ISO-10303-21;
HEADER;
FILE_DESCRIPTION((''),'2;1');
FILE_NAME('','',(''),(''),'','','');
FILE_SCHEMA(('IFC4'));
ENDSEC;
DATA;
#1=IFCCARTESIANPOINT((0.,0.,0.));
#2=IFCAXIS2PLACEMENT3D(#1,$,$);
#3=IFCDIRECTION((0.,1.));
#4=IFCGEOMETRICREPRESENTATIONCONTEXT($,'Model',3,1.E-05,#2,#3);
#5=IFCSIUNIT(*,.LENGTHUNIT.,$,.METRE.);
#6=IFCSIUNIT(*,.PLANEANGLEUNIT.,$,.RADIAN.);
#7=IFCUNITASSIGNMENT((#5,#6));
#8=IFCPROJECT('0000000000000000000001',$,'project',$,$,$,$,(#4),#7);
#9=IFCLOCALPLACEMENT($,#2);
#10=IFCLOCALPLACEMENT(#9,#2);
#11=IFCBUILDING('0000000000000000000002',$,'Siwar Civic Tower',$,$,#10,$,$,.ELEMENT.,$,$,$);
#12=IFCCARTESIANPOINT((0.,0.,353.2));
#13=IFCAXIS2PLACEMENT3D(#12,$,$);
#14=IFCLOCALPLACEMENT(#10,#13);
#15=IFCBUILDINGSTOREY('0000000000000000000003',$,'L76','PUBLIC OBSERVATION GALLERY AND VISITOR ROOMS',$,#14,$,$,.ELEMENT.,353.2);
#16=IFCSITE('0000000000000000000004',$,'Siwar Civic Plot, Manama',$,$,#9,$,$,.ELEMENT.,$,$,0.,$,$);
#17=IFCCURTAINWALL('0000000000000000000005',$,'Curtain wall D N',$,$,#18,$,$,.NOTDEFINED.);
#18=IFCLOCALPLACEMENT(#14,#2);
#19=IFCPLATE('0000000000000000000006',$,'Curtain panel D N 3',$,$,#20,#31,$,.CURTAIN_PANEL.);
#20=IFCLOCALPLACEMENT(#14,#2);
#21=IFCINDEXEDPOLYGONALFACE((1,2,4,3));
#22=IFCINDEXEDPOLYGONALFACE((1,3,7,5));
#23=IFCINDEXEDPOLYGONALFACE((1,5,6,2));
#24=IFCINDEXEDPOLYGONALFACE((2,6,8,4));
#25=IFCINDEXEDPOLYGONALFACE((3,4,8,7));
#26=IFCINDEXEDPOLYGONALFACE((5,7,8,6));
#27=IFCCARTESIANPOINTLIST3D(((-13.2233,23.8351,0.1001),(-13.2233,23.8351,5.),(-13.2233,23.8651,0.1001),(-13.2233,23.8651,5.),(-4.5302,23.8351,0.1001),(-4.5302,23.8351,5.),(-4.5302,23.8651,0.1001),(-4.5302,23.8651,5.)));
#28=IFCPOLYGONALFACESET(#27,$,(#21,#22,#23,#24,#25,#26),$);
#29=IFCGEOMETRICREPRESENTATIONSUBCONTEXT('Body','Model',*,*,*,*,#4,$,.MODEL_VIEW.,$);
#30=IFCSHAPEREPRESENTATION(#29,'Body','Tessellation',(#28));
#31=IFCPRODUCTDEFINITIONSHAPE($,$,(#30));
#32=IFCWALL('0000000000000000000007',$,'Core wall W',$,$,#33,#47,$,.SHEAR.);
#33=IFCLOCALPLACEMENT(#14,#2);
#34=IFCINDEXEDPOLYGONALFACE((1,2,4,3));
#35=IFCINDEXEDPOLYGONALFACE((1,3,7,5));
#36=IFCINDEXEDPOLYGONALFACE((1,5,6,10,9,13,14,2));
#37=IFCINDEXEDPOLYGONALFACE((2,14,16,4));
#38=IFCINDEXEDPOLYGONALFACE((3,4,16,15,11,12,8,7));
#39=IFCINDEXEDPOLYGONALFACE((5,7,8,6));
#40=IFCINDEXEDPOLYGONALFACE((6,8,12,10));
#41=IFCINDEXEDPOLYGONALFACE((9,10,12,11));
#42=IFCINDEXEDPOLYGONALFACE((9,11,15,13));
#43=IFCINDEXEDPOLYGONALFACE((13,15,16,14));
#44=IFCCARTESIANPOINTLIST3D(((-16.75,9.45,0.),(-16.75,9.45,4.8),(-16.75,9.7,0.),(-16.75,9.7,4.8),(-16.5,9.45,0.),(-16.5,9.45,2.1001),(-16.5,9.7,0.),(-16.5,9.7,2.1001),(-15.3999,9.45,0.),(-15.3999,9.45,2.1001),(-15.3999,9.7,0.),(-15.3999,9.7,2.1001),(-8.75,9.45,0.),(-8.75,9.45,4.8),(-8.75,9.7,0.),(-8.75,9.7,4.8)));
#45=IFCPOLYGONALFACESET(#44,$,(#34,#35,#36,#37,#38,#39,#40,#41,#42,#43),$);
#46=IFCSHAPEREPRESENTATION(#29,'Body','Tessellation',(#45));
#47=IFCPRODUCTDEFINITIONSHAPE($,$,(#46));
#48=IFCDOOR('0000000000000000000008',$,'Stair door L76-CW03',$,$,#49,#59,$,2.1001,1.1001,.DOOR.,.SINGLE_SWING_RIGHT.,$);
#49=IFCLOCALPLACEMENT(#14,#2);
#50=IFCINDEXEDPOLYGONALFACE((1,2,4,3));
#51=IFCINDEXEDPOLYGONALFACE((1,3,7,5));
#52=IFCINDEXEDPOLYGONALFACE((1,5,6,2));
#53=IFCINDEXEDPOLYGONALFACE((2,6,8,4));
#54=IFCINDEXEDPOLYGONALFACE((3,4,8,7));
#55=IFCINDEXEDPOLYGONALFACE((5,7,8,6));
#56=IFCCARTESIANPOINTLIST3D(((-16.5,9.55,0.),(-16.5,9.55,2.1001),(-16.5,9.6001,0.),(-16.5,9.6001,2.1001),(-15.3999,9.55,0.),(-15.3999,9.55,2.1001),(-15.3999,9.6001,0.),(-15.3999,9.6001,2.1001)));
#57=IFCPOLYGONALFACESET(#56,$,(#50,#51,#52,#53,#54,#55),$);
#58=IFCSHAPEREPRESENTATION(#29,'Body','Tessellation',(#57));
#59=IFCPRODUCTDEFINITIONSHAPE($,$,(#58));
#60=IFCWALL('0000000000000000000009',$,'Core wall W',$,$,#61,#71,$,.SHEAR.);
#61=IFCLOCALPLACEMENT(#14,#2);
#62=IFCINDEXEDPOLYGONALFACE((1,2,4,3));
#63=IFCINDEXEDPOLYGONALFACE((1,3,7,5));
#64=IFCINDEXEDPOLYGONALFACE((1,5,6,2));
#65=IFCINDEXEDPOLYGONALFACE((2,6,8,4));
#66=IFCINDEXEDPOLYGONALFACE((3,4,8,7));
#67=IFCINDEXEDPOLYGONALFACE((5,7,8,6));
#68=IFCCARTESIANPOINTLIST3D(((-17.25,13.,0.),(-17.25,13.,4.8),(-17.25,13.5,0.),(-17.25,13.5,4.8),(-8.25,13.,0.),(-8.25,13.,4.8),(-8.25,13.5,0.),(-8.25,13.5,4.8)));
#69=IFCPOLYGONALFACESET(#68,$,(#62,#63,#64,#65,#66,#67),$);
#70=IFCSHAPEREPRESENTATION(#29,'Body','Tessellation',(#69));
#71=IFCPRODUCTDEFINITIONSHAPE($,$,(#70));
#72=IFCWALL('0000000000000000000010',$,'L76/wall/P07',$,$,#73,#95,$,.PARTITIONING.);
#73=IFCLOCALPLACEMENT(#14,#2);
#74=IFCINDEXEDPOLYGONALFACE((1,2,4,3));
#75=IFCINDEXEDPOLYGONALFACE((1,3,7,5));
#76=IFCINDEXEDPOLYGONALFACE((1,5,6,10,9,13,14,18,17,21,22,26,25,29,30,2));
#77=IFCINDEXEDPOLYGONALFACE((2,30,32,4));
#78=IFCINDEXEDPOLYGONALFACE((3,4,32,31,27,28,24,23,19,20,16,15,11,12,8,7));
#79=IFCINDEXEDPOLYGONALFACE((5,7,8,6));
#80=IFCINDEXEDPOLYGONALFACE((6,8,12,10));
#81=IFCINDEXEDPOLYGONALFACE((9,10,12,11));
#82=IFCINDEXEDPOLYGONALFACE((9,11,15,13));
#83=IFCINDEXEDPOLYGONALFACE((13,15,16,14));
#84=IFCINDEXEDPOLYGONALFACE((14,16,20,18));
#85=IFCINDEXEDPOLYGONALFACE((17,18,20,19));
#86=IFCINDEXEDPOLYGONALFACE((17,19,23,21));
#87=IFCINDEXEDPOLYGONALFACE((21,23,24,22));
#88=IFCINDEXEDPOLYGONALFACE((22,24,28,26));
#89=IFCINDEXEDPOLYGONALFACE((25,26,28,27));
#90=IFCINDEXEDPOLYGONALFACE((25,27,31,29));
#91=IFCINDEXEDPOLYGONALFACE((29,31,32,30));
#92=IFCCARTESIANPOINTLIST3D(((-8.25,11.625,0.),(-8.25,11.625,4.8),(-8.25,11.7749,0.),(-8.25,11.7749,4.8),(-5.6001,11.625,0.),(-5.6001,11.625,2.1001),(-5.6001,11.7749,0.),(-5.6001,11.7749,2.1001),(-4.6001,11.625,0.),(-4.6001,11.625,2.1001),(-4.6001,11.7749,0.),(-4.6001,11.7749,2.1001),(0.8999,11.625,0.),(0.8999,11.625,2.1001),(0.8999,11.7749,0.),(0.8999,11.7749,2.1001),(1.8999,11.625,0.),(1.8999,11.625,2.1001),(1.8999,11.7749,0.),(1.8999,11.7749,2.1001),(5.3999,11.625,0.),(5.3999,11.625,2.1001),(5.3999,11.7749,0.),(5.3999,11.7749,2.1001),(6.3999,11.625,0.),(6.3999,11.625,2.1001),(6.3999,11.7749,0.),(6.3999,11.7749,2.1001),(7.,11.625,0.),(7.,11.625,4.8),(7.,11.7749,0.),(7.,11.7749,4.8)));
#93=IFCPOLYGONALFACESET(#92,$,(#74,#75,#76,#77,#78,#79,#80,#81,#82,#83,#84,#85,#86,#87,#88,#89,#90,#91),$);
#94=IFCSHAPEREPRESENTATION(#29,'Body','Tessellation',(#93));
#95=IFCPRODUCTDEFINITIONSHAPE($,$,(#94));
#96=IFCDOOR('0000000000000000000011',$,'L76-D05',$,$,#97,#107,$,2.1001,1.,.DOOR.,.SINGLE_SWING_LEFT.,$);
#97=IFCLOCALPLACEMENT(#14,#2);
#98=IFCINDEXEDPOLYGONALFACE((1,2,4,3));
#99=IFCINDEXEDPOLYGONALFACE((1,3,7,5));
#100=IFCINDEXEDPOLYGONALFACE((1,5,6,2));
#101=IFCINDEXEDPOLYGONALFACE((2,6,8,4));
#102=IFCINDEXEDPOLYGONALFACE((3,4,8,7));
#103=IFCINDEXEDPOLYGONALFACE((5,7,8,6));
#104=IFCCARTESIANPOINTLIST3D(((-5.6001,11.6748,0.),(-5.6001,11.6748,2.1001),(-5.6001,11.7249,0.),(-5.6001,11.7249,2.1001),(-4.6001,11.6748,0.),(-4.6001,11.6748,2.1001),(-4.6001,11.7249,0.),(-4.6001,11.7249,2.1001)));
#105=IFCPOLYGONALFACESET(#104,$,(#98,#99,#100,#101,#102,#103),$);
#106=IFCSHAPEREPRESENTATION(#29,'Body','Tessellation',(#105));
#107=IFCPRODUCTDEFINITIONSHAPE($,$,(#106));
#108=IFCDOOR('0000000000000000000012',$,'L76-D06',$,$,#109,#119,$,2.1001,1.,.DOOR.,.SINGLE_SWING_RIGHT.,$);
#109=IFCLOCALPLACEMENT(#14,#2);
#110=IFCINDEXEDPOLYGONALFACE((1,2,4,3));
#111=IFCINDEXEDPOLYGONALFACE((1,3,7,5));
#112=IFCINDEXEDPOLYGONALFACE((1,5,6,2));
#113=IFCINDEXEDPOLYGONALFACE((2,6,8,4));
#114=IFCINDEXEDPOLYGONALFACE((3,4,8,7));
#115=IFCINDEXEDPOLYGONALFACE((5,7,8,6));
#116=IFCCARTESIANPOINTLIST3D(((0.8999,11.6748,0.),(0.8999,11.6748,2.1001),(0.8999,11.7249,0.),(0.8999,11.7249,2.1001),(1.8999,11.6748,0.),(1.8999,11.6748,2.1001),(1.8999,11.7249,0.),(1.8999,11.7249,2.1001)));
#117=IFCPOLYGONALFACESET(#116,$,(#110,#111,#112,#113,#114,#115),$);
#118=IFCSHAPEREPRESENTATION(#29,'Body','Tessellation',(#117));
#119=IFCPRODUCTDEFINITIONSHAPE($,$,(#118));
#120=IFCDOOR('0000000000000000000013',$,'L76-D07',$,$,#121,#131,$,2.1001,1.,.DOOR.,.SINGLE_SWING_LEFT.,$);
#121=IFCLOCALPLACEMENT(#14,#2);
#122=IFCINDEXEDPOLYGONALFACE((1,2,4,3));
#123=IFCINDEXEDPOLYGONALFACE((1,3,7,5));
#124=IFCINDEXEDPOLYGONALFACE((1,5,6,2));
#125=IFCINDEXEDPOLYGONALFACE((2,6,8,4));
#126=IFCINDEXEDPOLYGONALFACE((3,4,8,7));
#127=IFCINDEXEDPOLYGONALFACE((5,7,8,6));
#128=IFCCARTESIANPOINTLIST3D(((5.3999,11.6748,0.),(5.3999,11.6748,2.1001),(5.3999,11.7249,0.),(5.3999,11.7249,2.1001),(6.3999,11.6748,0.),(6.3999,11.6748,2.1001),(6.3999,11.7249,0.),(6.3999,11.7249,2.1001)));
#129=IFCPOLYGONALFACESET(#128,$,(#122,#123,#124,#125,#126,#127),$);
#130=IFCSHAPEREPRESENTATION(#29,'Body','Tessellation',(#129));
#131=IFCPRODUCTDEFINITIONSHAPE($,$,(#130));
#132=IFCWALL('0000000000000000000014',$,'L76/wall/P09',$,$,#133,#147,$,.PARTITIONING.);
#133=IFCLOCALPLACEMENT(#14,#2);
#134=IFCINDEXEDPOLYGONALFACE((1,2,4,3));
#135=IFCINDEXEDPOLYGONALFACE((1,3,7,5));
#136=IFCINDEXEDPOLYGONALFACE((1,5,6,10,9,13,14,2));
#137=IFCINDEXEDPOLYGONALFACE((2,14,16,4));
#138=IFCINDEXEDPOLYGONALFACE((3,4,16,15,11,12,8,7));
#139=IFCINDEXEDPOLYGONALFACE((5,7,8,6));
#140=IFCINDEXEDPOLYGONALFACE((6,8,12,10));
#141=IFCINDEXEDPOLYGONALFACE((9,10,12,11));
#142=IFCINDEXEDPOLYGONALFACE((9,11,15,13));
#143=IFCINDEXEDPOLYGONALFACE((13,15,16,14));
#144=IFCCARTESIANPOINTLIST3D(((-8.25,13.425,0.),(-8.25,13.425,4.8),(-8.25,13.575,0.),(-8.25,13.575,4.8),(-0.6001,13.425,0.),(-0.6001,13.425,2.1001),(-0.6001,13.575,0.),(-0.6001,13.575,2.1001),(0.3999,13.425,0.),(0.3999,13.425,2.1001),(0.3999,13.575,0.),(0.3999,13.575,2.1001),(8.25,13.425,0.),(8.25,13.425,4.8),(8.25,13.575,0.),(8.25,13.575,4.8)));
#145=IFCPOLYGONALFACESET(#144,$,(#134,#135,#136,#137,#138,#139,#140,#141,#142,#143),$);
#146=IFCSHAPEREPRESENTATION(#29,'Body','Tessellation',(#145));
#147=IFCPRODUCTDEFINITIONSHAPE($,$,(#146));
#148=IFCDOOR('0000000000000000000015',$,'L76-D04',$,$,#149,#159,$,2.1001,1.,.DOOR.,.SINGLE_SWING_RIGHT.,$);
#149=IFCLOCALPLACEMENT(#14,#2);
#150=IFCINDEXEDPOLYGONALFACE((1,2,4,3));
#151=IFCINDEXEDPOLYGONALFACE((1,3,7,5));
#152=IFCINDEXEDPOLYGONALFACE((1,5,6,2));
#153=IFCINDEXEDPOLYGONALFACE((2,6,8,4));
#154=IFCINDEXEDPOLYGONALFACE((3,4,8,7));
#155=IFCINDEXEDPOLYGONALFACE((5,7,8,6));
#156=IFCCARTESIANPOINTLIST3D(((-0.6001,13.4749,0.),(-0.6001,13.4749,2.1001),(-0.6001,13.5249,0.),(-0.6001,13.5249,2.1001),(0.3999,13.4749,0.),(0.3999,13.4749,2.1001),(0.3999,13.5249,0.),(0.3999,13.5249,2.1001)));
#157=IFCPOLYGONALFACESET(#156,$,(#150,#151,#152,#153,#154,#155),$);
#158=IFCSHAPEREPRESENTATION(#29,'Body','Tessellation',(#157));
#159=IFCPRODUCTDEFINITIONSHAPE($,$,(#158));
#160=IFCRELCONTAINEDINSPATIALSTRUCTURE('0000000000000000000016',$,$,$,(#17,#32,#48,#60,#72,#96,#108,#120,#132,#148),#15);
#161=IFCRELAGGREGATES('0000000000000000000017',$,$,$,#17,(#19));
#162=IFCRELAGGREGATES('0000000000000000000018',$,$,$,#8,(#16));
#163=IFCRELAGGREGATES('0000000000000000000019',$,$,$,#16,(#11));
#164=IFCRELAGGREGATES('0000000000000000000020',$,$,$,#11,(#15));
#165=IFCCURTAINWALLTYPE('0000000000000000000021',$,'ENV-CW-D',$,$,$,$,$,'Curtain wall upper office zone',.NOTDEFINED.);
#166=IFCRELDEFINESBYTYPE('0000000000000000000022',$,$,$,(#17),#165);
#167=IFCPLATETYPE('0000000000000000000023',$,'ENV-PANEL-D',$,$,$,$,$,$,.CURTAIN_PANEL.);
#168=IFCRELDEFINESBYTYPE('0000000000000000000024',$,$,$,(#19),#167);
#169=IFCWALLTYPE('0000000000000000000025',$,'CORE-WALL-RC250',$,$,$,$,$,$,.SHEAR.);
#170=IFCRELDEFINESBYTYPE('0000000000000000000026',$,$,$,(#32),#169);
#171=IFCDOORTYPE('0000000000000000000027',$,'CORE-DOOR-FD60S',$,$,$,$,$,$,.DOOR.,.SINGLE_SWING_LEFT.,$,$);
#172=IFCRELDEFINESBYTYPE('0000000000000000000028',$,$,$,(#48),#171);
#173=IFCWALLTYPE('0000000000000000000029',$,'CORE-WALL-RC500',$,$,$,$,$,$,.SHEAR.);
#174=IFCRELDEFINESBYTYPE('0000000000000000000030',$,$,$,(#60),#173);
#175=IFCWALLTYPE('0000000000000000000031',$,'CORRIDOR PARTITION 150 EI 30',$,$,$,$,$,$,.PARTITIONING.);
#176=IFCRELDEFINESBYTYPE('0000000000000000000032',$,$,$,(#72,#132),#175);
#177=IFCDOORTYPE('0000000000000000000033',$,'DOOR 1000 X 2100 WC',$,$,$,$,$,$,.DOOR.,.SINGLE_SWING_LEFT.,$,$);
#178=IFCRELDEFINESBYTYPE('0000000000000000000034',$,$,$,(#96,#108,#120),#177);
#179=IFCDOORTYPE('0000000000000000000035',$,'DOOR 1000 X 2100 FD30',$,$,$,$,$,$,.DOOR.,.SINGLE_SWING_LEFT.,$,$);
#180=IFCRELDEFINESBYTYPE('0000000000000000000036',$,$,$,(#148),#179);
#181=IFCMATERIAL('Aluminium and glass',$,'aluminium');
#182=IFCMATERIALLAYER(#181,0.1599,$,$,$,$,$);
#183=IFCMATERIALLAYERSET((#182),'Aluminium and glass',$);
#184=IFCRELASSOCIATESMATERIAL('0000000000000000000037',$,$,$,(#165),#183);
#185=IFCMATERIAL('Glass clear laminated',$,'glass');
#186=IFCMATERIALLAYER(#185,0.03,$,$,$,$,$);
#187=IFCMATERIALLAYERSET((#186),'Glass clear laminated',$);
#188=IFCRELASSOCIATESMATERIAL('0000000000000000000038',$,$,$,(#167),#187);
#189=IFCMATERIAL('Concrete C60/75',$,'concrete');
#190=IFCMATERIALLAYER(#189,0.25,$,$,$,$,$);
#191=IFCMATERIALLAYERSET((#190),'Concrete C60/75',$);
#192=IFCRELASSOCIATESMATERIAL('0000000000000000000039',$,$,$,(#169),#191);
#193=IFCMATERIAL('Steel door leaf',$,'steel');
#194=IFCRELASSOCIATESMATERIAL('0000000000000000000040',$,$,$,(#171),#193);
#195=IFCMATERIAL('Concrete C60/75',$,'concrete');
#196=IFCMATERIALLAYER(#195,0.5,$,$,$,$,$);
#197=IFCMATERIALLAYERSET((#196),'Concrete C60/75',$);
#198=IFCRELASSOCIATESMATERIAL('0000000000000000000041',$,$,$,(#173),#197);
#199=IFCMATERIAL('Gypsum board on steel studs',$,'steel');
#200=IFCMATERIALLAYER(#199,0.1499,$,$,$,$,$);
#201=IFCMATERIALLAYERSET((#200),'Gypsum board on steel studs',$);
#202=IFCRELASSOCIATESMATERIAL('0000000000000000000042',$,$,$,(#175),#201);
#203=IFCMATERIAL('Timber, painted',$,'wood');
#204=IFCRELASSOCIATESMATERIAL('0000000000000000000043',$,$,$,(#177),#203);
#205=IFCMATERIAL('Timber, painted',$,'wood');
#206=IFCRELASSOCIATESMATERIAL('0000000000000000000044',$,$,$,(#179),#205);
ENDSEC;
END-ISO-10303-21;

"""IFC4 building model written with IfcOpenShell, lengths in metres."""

from ifc_helpers import new_model, si_unit, direction, frame, frame_2d, origin, origin_2d, place, context, subcontext, project, spatial, rectangle, extrude, material, layer, layer_set, type_object, element, fill, aggregate, save


model = new_model("IFC4")

# Units and contexts
model_context = context("Model", 3, precision=1e-05, world=origin(), true_north=direction((0.0, 1.0)))
body_context = subcontext(model_context, "Body", "Model", "MODEL_VIEW")
ifc_project = project(units=[si_unit("LENGTHUNIT", "METRE"), si_unit("PLANEANGLEUNIT", "RADIAN")], contexts=[model_context])

# Site, building, storey
site_placement = place(None, origin())
site = spatial("IfcSite", under=ifc_project, at=site_placement, Name="Siwar Civic Plot, Manama", CompositionType="ELEMENT", RefElevation=0.0)
building_placement = place(site_placement, origin())
building = spatial("IfcBuilding", under=site, at=building_placement, Name="Siwar Civic Tower", CompositionType="ELEMENT")
storey_placement = place(building_placement, frame((0.0, 0.0, 353.2)))
storey = spatial("IfcBuildingStorey", under=building, at=storey_placement, Name="L76", Description="PUBLIC OBSERVATION GALLERY AND VISITOR ROOMS", CompositionType="ELEMENT", Elevation=353.2)

# Curtain wall
ifc_material_1 = material(Name="Aluminium and glass", Category="aluminium")
ifc_layer_1 = layer(ifc_material_1, 0.1599)
ifc_layer_set_1 = layer_set([ifc_layer_1], Name="Aluminium and glass")
curtain_wall_type_1 = type_object("IfcCurtainWallType", Name="ENV-CW-D", ElementType="Curtain wall upper office zone", PredefinedType="NOTDEFINED", material=ifc_layer_set_1)
curtain_wall_1_placement = place(storey_placement, origin())
curtain_wall_1 = element("IfcCurtainWall", 1, at=curtain_wall_1_placement, inside=storey, type_object=curtain_wall_type_1, Name="Curtain wall D N", PredefinedType="NOTDEFINED")

# Plate
ifc_material_2 = material(Name="Glass clear laminated", Category="glass")
ifc_layer_2 = layer(ifc_material_2, 0.03)
ifc_layer_set_2 = layer_set([ifc_layer_2], Name="Glass clear laminated")
plate_type = type_object("IfcPlateType", Name="ENV-PANEL-D", PredefinedType="CURTAIN_PANEL", material=ifc_layer_set_2)
plate_placement = place(storey_placement, frame((-8.8767, 23.8501, 0.1001), z_axis=(0.0, 0.0, 1.0), x_axis=(-1.0, 0.0, 0.0)))
plate = element("IfcPlate", 2, at=plate_placement, type_object=plate_type, Name="Curtain panel D N 3", PredefinedType="CURTAIN_PANEL", context=body_context, shape_type="SweptSolid", body=[
    extrude(rectangle(XDim=8.6931, YDim=0.03, at=origin_2d()), origin(), (0.0, 0.0, 1.0), 4.8999),
])
aggregate(curtain_wall_1, [plate])

# Wall, opening, door
ifc_material_3 = material(Name="Concrete C60/75", Category="concrete")
ifc_layer_3 = layer(ifc_material_3, 0.25)
ifc_layer_set_3 = layer_set([ifc_layer_3], Name="Concrete C60/75")
wall_type_1 = type_object("IfcWallType", Name="CORE-WALL-RC250", PredefinedType="SHEAR", material=ifc_layer_set_3)
wall_1_placement = place(storey_placement, frame((-8.75, 9.575, 0.0), z_axis=(0.0, 0.0, 1.0), x_axis=(-1.0, 0.0, 0.0)))
wall_1 = element("IfcWall", 3, at=wall_1_placement, inside=storey, type_object=wall_type_1, Name="Core wall W", PredefinedType="SHEAR", context=body_context, shape_type="SweptSolid", body=[
    extrude(rectangle(XDim=8.0, YDim=0.25, at=frame_2d((4.0, 0.0))), origin(), (0.0, 0.0, 1.0), 4.8),
])
opening_1_placement = place(wall_1_placement, frame((6.6499, 0.0, 0.0)))
opening_1 = element("IfcOpeningElement", 4, at=opening_1_placement, cuts=wall_1, PredefinedType="OPENING", context=body_context, shape_type="SweptSolid", body=[
    extrude(rectangle(XDim=1.1001, YDim=2.1001, at=frame_2d((0.55, 1.05))), frame((0.0, 0.135, 0.0), z_axis=(0.0, -1.0, 0.0), x_axis=(1.0, 0.0, 0.0)), (0.0, 0.0, 1.0), 0.27),
])
ifc_material_4 = material(Name="Steel door leaf", Category="steel")
door_type_1 = type_object("IfcDoorType", Name="CORE-DOOR-FD60S", OperationType="SINGLE_SWING_LEFT", PredefinedType="DOOR", material=ifc_material_4)
door_1_placement = place(opening_1_placement, origin())
door_1 = element("IfcDoor", 5, at=door_1_placement, inside=storey, type_object=door_type_1, Name="Stair door L76-CW03", OperationType="SINGLE_SWING_RIGHT", OverallHeight=2.1001, OverallWidth=1.1001, PredefinedType="DOOR", context=body_context, shape_type="SweptSolid", body=[
    extrude(rectangle(XDim=1.1001, YDim=2.1001, at=frame_2d((0.55, 1.05))), frame((0.0, 0.0249, 0.0), z_axis=(0.0, -1.0, 0.0), x_axis=(1.0, 0.0, 0.0)), (0.0, 0.0, 1.0), 0.05),
])
fill(opening_1, door_1)

# Wall
ifc_material_5 = material(Name="Concrete C60/75", Category="concrete")
ifc_layer_4 = layer(ifc_material_5, 0.5)
ifc_layer_set_4 = layer_set([ifc_layer_4], Name="Concrete C60/75")
wall_type_2 = type_object("IfcWallType", Name="CORE-WALL-RC500", PredefinedType="SHEAR", material=ifc_layer_set_4)
wall_2_placement = place(storey_placement, frame((-8.25, 13.25, 0.0), z_axis=(0.0, 0.0, 1.0), x_axis=(-1.0, 0.0, 0.0)))
element("IfcWall", 6, at=wall_2_placement, inside=storey, type_object=wall_type_2, Name="Core wall W", PredefinedType="SHEAR", context=body_context, shape_type="SweptSolid", body=[
    extrude(rectangle(XDim=9.0, YDim=0.5, at=frame_2d((4.5, 0.0))), origin(), (0.0, 0.0, 1.0), 4.8),
])

# Wall, openings, doors
ifc_material_6 = material(Name="Gypsum board on steel studs", Category="steel")
ifc_layer_5 = layer(ifc_material_6, 0.1499)
ifc_layer_set_5 = layer_set([ifc_layer_5], Name="Gypsum board on steel studs")
wall_type_3 = type_object("IfcWallType", Name="CORRIDOR PARTITION 150 EI 30", PredefinedType="PARTITIONING", material=ifc_layer_set_5)
wall_3_placement = place(storey_placement, frame((-8.25, 11.7, 0.0), z_axis=(0.0, 0.0, 1.0), x_axis=(1.0, 0.0, 0.0)))
wall_3 = element("IfcWall", 7, at=wall_3_placement, inside=storey, type_object=wall_type_3, Name="L76/wall/P07", PredefinedType="PARTITIONING", context=body_context, shape_type="SweptSolid", body=[
    extrude(rectangle(XDim=15.25, YDim=0.1499, at=frame_2d((7.625, 0.0))), origin(), (0.0, 0.0, 1.0), 4.8),
])
opening_2_placement = place(wall_3_placement, frame((2.6499, 0.0, 0.0)))
opening_2 = element("IfcOpeningElement", 8, at=opening_2_placement, cuts=wall_3, PredefinedType="OPENING", context=body_context, shape_type="SweptSolid", body=[
    extrude(rectangle(XDim=1.0, YDim=2.1001, at=frame_2d((0.5, 1.05))), frame((0.0, 0.085, 0.0), z_axis=(0.0, -1.0, 0.0), x_axis=(1.0, 0.0, 0.0)), (0.0, 0.0, 1.0), 0.1699),
])
opening_3_placement = place(wall_3_placement, frame((9.1499, 0.0, 0.0)))
opening_3 = element("IfcOpeningElement", 9, at=opening_3_placement, cuts=wall_3, PredefinedType="OPENING", context=body_context, shape_type="SweptSolid", body=[
    extrude(rectangle(XDim=1.0, YDim=2.1001, at=frame_2d((0.5, 1.05))), frame((0.0, 0.085, 0.0), z_axis=(0.0, -1.0, 0.0), x_axis=(1.0, 0.0, 0.0)), (0.0, 0.0, 1.0), 0.1699),
])
opening_4_placement = place(wall_3_placement, frame((13.6499, 0.0, 0.0)))
opening_4 = element("IfcOpeningElement", 10, at=opening_4_placement, cuts=wall_3, PredefinedType="OPENING", context=body_context, shape_type="SweptSolid", body=[
    extrude(rectangle(XDim=1.0, YDim=2.1001, at=frame_2d((0.5, 1.05))), frame((0.0, 0.085, 0.0), z_axis=(0.0, -1.0, 0.0), x_axis=(1.0, 0.0, 0.0)), (0.0, 0.0, 1.0), 0.1699),
])
ifc_material_7 = material(Name="Timber, painted", Category="wood")
door_type_2 = type_object("IfcDoorType", Name="DOOR 1000 X 2100 WC", OperationType="SINGLE_SWING_LEFT", PredefinedType="DOOR", material=ifc_material_7)
door_2_placement = place(opening_2_placement, origin())
door_2 = element("IfcDoor", 11, at=door_2_placement, inside=storey, type_object=door_type_2, Name="L76-D05", OperationType="SINGLE_SWING_LEFT", OverallHeight=2.1001, OverallWidth=1.0, PredefinedType="DOOR", context=body_context, shape_type="SweptSolid", body=[
    extrude(rectangle(XDim=1.0, YDim=2.1001, at=frame_2d((0.5, 1.05))), frame((0.0, 0.0249, 0.0), z_axis=(0.0, -1.0, 0.0), x_axis=(1.0, 0.0, 0.0)), (0.0, 0.0, 1.0), 0.05),
])
fill(opening_2, door_2)
door_3_placement = place(opening_3_placement, origin())
door_3 = element("IfcDoor", 12, at=door_3_placement, inside=storey, type_object=door_type_2, Name="L76-D06", OperationType="SINGLE_SWING_RIGHT", OverallHeight=2.1001, OverallWidth=1.0, PredefinedType="DOOR", context=body_context, shape_type="SweptSolid", body=[
    extrude(rectangle(XDim=1.0, YDim=2.1001, at=frame_2d((0.5, 1.05))), frame((0.0, 0.0249, 0.0), z_axis=(0.0, -1.0, 0.0), x_axis=(1.0, 0.0, 0.0)), (0.0, 0.0, 1.0), 0.05),
])
fill(opening_3, door_3)
door_4_placement = place(opening_4_placement, origin())
door_4 = element("IfcDoor", 13, at=door_4_placement, inside=storey, type_object=door_type_2, Name="L76-D07", OperationType="SINGLE_SWING_LEFT", OverallHeight=2.1001, OverallWidth=1.0, PredefinedType="DOOR", context=body_context, shape_type="SweptSolid", body=[
    extrude(rectangle(XDim=1.0, YDim=2.1001, at=frame_2d((0.5, 1.05))), frame((0.0, 0.0249, 0.0), z_axis=(0.0, -1.0, 0.0), x_axis=(1.0, 0.0, 0.0)), (0.0, 0.0, 1.0), 0.05),
])
fill(opening_4, door_4)

# Wall, opening, door
wall_4_placement = place(storey_placement, frame((-8.25, 13.5, 0.0), z_axis=(0.0, 0.0, 1.0), x_axis=(1.0, 0.0, 0.0)))
wall_4 = element("IfcWall", 14, at=wall_4_placement, inside=storey, type_object=wall_type_3, Name="L76/wall/P09", PredefinedType="PARTITIONING", context=body_context, shape_type="SweptSolid", body=[
    extrude(rectangle(XDim=16.5, YDim=0.1499, at=frame_2d((8.25, 0.0))), origin(), (0.0, 0.0, 1.0), 4.8),
])
opening_5_placement = place(wall_4_placement, frame((7.6499, 0.0, 0.0)))
opening_5 = element("IfcOpeningElement", 15, at=opening_5_placement, cuts=wall_4, PredefinedType="OPENING", context=body_context, shape_type="SweptSolid", body=[
    extrude(rectangle(XDim=1.0, YDim=2.1001, at=frame_2d((0.5, 1.05))), frame((0.0, 0.085, 0.0), z_axis=(0.0, -1.0, 0.0), x_axis=(1.0, 0.0, 0.0)), (0.0, 0.0, 1.0), 0.1699),
])
ifc_material_8 = material(Name="Timber, painted", Category="wood")
door_type_3 = type_object("IfcDoorType", Name="DOOR 1000 X 2100 FD30", OperationType="SINGLE_SWING_LEFT", PredefinedType="DOOR", material=ifc_material_8)
door_5_placement = place(opening_5_placement, origin())
door_5 = element("IfcDoor", 16, at=door_5_placement, inside=storey, type_object=door_type_3, Name="L76-D04", OperationType="SINGLE_SWING_RIGHT", OverallHeight=2.1001, OverallWidth=1.0, PredefinedType="DOOR", context=body_context, shape_type="SweptSolid", body=[
    extrude(rectangle(XDim=1.0, YDim=2.1001, at=frame_2d((0.5, 1.05))), frame((0.0, 0.0249, 0.0), z_axis=(0.0, -1.0, 0.0), x_axis=(1.0, 0.0, 0.0)), (0.0, 0.0, 1.0), 0.05),
])
fill(opening_5, door_5)

save(model, "model.ifc")
